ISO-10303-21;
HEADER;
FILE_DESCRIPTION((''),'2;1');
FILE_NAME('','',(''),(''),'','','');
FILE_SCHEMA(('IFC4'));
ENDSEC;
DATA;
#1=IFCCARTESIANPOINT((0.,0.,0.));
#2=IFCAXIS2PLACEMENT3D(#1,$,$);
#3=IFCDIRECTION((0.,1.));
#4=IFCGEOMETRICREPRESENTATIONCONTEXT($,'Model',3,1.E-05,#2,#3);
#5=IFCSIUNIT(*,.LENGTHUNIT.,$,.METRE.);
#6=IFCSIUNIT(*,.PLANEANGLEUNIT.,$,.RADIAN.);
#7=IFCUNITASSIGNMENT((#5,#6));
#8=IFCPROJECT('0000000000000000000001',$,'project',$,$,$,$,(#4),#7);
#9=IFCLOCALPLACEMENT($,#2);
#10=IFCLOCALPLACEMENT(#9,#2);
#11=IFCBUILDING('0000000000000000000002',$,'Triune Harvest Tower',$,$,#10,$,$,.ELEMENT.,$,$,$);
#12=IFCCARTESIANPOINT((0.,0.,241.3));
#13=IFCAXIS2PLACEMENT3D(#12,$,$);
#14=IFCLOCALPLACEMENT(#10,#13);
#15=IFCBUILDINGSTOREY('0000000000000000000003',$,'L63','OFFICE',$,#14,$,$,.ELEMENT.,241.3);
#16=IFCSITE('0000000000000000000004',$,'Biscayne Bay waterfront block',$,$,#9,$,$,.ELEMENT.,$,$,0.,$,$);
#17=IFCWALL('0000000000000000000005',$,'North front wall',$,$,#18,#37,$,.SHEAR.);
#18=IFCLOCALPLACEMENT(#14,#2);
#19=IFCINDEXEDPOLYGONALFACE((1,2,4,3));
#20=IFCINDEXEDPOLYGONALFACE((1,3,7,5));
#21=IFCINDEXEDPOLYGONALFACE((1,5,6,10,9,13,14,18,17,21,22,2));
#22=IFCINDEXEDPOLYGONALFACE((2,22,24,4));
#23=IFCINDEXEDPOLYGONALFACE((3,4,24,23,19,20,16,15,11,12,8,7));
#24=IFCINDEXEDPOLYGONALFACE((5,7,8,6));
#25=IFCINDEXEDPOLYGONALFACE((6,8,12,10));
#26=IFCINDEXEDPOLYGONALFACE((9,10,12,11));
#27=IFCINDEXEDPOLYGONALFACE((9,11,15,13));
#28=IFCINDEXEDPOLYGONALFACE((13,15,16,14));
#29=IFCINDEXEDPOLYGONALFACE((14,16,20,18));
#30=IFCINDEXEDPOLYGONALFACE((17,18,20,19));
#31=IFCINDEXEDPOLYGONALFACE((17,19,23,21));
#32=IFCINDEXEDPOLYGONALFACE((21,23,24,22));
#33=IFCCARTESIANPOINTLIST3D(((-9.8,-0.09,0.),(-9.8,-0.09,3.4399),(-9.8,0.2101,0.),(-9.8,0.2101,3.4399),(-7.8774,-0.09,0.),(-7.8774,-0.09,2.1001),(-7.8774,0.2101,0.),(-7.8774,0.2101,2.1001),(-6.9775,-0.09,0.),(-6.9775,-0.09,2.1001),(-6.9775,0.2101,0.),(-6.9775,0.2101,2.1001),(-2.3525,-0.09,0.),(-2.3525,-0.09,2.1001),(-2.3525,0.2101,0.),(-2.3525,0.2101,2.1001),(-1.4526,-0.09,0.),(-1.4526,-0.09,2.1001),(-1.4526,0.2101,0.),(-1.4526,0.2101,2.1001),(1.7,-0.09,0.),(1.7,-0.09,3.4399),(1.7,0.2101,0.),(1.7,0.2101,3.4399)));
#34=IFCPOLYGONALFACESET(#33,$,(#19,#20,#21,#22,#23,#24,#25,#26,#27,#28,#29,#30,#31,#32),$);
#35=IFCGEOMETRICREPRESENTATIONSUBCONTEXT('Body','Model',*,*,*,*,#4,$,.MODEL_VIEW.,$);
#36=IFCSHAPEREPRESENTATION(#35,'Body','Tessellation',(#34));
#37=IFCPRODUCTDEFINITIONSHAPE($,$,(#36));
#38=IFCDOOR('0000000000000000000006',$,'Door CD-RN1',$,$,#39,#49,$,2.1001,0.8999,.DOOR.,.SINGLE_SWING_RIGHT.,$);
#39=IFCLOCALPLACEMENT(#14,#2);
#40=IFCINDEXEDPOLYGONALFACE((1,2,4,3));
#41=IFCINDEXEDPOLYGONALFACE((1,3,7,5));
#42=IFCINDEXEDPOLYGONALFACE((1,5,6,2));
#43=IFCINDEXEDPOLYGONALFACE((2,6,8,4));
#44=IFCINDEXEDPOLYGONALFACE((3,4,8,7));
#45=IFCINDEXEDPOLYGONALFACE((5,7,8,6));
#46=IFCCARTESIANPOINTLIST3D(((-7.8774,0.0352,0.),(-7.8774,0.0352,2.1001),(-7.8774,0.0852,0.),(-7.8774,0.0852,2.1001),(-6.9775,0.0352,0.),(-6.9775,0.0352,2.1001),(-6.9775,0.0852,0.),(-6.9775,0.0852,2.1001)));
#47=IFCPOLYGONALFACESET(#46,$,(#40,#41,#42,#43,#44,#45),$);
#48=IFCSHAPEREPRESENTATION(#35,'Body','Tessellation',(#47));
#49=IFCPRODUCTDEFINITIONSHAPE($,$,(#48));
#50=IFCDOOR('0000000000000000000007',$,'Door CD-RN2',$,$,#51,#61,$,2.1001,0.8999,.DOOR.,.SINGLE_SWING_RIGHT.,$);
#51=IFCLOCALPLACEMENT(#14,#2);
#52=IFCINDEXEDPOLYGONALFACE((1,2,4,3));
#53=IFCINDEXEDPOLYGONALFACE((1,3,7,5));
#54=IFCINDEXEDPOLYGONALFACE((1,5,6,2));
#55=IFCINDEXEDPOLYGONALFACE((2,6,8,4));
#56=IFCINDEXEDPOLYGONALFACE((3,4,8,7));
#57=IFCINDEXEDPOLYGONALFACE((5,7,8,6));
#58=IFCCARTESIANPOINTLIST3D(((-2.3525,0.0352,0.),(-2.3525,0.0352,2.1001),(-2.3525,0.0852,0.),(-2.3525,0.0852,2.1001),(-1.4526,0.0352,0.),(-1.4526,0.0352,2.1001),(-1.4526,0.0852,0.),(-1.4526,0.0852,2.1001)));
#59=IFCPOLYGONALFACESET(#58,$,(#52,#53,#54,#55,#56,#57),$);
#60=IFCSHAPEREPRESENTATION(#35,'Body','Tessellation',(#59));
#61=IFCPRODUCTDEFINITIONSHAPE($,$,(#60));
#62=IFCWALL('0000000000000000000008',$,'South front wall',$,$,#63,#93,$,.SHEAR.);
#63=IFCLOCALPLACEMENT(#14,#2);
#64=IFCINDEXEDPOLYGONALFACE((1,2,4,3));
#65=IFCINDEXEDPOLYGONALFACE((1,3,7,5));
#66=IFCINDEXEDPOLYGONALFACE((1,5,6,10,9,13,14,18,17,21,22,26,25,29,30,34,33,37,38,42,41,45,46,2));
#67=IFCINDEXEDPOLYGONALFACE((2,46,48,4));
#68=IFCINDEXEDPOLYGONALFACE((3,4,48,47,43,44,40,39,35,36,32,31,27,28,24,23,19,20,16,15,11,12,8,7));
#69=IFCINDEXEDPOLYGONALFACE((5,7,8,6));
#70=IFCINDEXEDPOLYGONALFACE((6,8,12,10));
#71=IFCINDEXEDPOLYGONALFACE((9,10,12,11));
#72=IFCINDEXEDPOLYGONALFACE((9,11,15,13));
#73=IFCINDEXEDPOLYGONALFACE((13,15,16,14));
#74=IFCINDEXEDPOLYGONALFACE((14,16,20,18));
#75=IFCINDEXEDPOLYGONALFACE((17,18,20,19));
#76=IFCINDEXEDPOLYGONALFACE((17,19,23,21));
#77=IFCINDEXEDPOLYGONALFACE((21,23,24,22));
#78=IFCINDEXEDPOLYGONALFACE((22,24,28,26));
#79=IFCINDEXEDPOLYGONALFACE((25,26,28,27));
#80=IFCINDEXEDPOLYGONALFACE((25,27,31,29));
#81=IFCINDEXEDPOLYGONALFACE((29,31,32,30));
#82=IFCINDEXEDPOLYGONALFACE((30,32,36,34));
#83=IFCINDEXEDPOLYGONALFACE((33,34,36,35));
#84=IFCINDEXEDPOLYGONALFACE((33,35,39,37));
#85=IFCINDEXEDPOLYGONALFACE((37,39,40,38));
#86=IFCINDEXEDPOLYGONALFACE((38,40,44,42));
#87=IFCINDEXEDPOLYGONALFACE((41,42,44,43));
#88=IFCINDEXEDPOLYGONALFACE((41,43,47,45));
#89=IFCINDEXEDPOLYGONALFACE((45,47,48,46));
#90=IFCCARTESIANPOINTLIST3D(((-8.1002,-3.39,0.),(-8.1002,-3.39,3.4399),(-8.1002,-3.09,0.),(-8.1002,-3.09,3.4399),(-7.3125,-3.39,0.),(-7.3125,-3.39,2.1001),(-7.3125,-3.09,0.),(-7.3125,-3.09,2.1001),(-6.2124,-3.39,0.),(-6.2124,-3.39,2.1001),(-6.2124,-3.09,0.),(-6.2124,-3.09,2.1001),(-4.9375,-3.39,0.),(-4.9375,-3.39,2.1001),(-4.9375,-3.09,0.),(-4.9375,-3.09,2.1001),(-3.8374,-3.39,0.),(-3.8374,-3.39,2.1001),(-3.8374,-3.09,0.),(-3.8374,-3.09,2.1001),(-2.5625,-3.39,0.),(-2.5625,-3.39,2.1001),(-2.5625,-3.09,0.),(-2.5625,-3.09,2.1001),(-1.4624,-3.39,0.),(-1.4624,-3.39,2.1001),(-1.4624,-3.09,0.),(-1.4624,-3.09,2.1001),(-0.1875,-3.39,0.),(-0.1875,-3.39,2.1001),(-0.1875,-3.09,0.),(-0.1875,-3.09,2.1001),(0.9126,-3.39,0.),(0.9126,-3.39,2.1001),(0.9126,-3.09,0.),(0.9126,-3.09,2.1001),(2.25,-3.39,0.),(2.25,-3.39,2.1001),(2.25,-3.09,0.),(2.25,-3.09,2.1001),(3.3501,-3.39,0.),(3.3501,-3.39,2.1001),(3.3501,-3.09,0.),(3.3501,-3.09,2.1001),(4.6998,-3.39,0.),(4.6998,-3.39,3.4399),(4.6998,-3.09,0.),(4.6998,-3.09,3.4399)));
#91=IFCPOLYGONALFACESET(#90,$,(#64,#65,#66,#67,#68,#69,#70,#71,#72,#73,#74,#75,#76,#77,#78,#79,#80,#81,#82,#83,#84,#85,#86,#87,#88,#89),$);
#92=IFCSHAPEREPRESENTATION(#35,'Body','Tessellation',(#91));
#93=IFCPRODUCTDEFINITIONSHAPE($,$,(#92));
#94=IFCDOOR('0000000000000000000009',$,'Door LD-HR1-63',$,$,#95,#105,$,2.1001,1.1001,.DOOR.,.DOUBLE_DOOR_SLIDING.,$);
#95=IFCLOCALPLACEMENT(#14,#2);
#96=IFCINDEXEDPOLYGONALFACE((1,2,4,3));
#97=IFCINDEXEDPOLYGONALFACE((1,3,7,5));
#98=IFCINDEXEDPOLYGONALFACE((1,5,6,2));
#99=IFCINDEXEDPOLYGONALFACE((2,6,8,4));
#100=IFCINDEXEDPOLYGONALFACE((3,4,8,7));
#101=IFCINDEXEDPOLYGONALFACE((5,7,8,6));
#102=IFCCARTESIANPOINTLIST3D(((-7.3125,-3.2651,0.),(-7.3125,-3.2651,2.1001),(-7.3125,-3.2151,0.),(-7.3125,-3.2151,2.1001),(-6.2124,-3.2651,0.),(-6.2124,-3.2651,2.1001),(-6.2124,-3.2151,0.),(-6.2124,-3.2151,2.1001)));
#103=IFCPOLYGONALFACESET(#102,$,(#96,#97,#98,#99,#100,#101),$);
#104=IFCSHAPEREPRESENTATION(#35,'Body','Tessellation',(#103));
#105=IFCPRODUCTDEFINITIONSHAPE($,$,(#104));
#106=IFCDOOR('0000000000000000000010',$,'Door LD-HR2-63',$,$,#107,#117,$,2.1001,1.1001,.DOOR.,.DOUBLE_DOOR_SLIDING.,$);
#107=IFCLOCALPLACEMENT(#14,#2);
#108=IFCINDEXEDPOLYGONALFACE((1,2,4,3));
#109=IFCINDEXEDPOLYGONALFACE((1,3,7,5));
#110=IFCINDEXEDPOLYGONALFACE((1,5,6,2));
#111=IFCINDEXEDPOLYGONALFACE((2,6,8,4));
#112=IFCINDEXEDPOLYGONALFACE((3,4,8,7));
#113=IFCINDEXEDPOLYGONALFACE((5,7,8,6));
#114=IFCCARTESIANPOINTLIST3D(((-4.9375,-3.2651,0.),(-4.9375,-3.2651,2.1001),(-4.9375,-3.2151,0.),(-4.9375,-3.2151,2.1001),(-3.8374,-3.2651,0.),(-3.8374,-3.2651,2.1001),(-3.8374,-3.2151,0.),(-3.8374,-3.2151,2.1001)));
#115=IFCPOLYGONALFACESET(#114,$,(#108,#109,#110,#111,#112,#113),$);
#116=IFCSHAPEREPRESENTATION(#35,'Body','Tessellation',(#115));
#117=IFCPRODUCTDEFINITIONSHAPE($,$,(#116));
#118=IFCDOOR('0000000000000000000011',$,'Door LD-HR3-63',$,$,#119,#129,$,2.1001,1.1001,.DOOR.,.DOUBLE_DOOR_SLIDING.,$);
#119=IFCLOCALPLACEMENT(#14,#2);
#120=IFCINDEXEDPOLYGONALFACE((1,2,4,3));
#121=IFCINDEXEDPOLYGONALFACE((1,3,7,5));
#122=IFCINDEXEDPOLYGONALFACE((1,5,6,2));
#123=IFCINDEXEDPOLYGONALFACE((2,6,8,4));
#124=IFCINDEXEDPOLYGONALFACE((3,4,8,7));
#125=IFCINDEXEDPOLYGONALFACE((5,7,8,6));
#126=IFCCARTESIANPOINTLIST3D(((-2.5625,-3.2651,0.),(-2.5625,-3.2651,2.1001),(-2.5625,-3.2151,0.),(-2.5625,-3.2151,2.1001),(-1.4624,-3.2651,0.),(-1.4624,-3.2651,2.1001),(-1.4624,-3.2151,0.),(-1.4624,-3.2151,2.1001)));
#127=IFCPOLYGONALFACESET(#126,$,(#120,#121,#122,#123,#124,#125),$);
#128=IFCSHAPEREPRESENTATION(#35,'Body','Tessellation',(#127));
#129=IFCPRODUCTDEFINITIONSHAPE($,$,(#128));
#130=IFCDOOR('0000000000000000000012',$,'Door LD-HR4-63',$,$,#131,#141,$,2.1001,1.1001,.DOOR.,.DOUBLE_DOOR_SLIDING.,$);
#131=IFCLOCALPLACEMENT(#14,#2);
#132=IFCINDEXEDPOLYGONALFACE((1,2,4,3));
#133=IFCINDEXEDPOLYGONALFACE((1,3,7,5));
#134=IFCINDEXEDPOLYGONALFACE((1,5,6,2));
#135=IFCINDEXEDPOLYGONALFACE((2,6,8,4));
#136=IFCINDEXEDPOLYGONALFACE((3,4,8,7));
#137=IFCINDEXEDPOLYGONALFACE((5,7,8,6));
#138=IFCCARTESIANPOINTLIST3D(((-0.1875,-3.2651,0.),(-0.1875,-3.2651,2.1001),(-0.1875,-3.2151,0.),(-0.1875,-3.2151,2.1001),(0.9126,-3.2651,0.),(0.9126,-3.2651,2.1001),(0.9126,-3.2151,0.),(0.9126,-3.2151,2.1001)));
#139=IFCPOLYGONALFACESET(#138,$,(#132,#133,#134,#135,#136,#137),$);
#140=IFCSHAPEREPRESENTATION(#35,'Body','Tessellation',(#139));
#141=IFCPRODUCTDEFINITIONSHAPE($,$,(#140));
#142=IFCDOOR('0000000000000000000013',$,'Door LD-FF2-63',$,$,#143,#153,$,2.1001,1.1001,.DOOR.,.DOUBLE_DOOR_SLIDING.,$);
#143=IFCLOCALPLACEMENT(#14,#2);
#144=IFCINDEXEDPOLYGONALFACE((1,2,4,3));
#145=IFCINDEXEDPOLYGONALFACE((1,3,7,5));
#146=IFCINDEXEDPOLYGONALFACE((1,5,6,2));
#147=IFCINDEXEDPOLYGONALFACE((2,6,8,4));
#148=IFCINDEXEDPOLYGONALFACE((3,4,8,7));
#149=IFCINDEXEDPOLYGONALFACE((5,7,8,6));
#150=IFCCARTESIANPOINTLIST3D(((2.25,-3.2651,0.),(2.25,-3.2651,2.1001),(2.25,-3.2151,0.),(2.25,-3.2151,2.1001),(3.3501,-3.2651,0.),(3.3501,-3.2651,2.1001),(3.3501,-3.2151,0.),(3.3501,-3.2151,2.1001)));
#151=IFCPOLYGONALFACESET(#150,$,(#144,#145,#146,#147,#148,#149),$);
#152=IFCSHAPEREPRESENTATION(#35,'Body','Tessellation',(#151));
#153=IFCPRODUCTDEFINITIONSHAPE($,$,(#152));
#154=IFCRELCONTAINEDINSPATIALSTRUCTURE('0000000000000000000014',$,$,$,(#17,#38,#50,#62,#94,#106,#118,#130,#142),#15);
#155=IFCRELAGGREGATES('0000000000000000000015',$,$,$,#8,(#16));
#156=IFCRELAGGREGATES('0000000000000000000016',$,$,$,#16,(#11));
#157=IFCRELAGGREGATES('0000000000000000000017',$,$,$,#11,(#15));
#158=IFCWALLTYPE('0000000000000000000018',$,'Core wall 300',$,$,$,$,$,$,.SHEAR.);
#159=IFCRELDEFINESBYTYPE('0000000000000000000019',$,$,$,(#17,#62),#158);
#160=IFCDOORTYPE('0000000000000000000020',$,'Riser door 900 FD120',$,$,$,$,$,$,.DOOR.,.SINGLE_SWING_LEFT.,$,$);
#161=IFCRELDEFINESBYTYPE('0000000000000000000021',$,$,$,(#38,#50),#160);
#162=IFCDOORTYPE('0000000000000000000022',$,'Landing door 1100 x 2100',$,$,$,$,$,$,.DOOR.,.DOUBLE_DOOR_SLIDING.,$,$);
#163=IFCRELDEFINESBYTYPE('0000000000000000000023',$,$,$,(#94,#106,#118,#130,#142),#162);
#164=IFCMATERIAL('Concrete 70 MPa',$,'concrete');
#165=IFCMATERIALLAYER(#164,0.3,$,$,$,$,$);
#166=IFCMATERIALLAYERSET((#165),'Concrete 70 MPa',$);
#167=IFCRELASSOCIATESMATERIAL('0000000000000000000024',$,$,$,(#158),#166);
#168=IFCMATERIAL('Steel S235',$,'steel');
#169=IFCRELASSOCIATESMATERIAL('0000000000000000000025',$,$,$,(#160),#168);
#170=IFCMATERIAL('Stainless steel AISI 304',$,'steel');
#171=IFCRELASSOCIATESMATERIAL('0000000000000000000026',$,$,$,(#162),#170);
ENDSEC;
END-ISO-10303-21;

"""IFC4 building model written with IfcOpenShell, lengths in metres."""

from ifc_helpers import new_model, si_unit, direction, frame, frame_2d, origin, place, context, subcontext, project, spatial, rectangle, extrude, source, transform, mapped, material, layer, layer_set, type_object, element, fill, save


model = new_model("IFC4")

# Units and contexts
model_context = context("Model", 3, precision=1e-05, world=origin(), true_north=direction((0.0, 1.0)))
body_context = subcontext(model_context, "Body", "Model", "MODEL_VIEW")
ifc_project = project(units=[si_unit("LENGTHUNIT", "METRE"), si_unit("PLANEANGLEUNIT", "RADIAN")], contexts=[model_context])

# Site, building, storey
site_placement = place(None, origin())
site = spatial("IfcSite", under=ifc_project, at=site_placement, Name="Biscayne Bay waterfront block", CompositionType="ELEMENT", RefElevation=0.0)
building_placement = place(site_placement, origin())
building = spatial("IfcBuilding", under=site, at=building_placement, Name="Triune Harvest Tower", CompositionType="ELEMENT")
storey_placement = place(building_placement, frame((0.0, 0.0, 241.3)))
storey = spatial("IfcBuildingStorey", under=building, at=storey_placement, Name="L63", Description="OFFICE", CompositionType="ELEMENT", Elevation=241.3)

# Walls, openings, doors
ifc_material_1 = material(Name="Concrete 70 MPa", Category="concrete")
ifc_layer_1 = layer(ifc_material_1, 0.3)
ifc_layer_set_1 = layer_set([ifc_layer_1], Name="Concrete 70 MPa")
wall_type_1 = type_object("IfcWallType", Name="Core wall 300", PredefinedType="SHEAR", material=ifc_layer_set_1)
shared_shape_1 = source(origin(), body_context, "Body", "SweptSolid", [
    extrude(rectangle(XDim=11.5, YDim=0.3, at=frame_2d((5.75, 0.0))), origin(), (0.0, 0.0, 1.0), 3.4399),
])
wall_1_placement = place(storey_placement, frame((-9.8, 0.0601, 0.0), z_axis=(0.0, 0.0, 1.0), x_axis=(1.0, 0.0, 0.0)))
wall_1 = element("IfcWall", 1, at=wall_1_placement, inside=storey, type_object=wall_type_1, Name="North front wall", PredefinedType="SHEAR", context=body_context, shape_type="MappedRepresentation", body=[
    mapped(shared_shape_1, transform((0.0, 0.0, 0.0), scale=1.0)),
])
opening_1_placement = place(wall_1_placement, frame((1.9226, 0.0, 0.0)))
opening_1 = element("IfcOpeningElement", 2, at=opening_1_placement, cuts=wall_1, PredefinedType="OPENING", context=body_context, shape_type="SweptSolid", body=[
    extrude(rectangle(XDim=0.8999, YDim=2.1001, at=frame_2d((0.45, 1.05))), frame((0.0, 0.1602, 0.0), z_axis=(0.0, -1.0, 0.0), x_axis=(1.0, 0.0, 0.0)), (0.0, 0.0, 1.0), 0.3201),
])
opening_2_placement = place(wall_1_placement, frame((7.4475, 0.0, 0.0)))
opening_2 = element("IfcOpeningElement", 3, at=opening_2_placement, cuts=wall_1, PredefinedType="OPENING", context=body_context, shape_type="SweptSolid", body=[
    extrude(rectangle(XDim=0.8999, YDim=2.1001, at=frame_2d((0.45, 1.05))), frame((0.0, 0.1602, 0.0), z_axis=(0.0, -1.0, 0.0), x_axis=(1.0, 0.0, 0.0)), (0.0, 0.0, 1.0), 0.3201),
])
ifc_material_2 = material(Name="Steel S235", Category="steel")
door_type_1 = type_object("IfcDoorType", Name="Riser door 900 FD120", OperationType="SINGLE_SWING_LEFT", PredefinedType="DOOR", material=ifc_material_2)
door_1_placement = place(opening_1_placement, frame((0.8999, 0.0, 0.0), z_axis=(0.0, 0.0, 1.0), x_axis=(-1.0, 0.0, 0.0)))
door_1 = element("IfcDoor", 4, at=door_1_placement, inside=storey, type_object=door_type_1, Name="Door CD-RN1", OperationType="SINGLE_SWING_RIGHT", OverallHeight=2.1001, OverallWidth=0.8999, PredefinedType="DOOR", context=body_context, shape_type="SweptSolid", body=[
    extrude(rectangle(XDim=0.8999, YDim=2.1001, at=frame_2d((0.45, 1.05))), frame((0.0, 0.0249, 0.0), z_axis=(0.0, -1.0, 0.0), x_axis=(1.0, 0.0, 0.0)), (0.0, 0.0, 1.0), 0.05),
])
fill(opening_1, door_1)
door_2_placement = place(opening_2_placement, frame((0.8999, 0.0, 0.0), z_axis=(0.0, 0.0, 1.0), x_axis=(-1.0, 0.0, 0.0)))
door_2 = element("IfcDoor", 5, at=door_2_placement, inside=storey, type_object=door_type_1, Name="Door CD-RN2", OperationType="SINGLE_SWING_RIGHT", OverallHeight=2.1001, OverallWidth=0.8999, PredefinedType="DOOR", context=body_context, shape_type="SweptSolid", body=[
    extrude(rectangle(XDim=0.8999, YDim=2.1001, at=frame_2d((0.45, 1.05))), frame((0.0, 0.0249, 0.0), z_axis=(0.0, -1.0, 0.0), x_axis=(1.0, 0.0, 0.0)), (0.0, 0.0, 1.0), 0.05),
])
fill(opening_2, door_2)
shared_shape_2 = source(origin(), body_context, "Body", "SweptSolid", [
    extrude(rectangle(XDim=12.8, YDim=0.3, at=frame_2d((6.3999, 0.0))), origin(), (0.0, 0.0, 1.0), 3.4399),
])
wall_2_placement = place(storey_placement, frame((-8.1001, -3.24, 0.0), z_axis=(0.0, 0.0, 1.0), x_axis=(1.0, 0.0, 0.0)))
wall_2 = element("IfcWall", 6, at=wall_2_placement, inside=storey, type_object=wall_type_1, Name="South front wall", PredefinedType="SHEAR", context=body_context, shape_type="MappedRepresentation", body=[
    mapped(shared_shape_2, transform((0.0, 0.0, 0.0), scale=1.0)),
])
opening_3_placement = place(wall_2_placement, frame((0.7876, 0.0, 0.0)))
opening_3 = element("IfcOpeningElement", 7, at=opening_3_placement, cuts=wall_2, PredefinedType="OPENING", context=body_context, shape_type="SweptSolid", body=[
    extrude(rectangle(XDim=1.1001, YDim=2.1001, at=frame_2d((0.55, 1.05))), frame((0.0, 0.1602, 0.0), z_axis=(0.0, -1.0, 0.0), x_axis=(1.0, 0.0, 0.0)), (0.0, 0.0, 1.0), 0.3201),
])
opening_4_placement = place(wall_2_placement, frame((3.1626, 0.0, 0.0)))
opening_4 = element("IfcOpeningElement", 8, at=opening_4_placement, cuts=wall_2, PredefinedType="OPENING", context=body_context, shape_type="SweptSolid", body=[
    extrude(rectangle(XDim=1.1001, YDim=2.1001, at=frame_2d((0.55, 1.05))), frame((0.0, 0.1602, 0.0), z_axis=(0.0, -1.0, 0.0), x_axis=(1.0, 0.0, 0.0)), (0.0, 0.0, 1.0), 0.3201),
])
opening_5_placement = place(wall_2_placement, frame((5.5376, 0.0, 0.0)))
opening_5 = element("IfcOpeningElement", 9, at=opening_5_placement, cuts=wall_2, PredefinedType="OPENING", context=body_context, shape_type="SweptSolid", body=[
    extrude(rectangle(XDim=1.1001, YDim=2.1001, at=frame_2d((0.55, 1.05))), frame((0.0, 0.1602, 0.0), z_axis=(0.0, -1.0, 0.0), x_axis=(1.0, 0.0, 0.0)), (0.0, 0.0, 1.0), 0.3201),
])
opening_6_placement = place(wall_2_placement, frame((7.9126, 0.0, 0.0)))
opening_6 = element("IfcOpeningElement", 10, at=opening_6_placement, cuts=wall_2, PredefinedType="OPENING", context=body_context, shape_type="SweptSolid", body=[
    extrude(rectangle(XDim=1.1001, YDim=2.1001, at=frame_2d((0.55, 1.05))), frame((0.0, 0.1602, 0.0), z_axis=(0.0, -1.0, 0.0), x_axis=(1.0, 0.0, 0.0)), (0.0, 0.0, 1.0), 0.3201),
])
opening_7_placement = place(wall_2_placement, frame((10.3501, 0.0, 0.0)))
opening_7 = element("IfcOpeningElement", 11, at=opening_7_placement, cuts=wall_2, PredefinedType="OPENING", context=body_context, shape_type="SweptSolid", body=[
    extrude(rectangle(XDim=1.1001, YDim=2.1001, at=frame_2d((0.55, 1.05))), frame((0.0, 0.1602, 0.0), z_axis=(0.0, -1.0, 0.0), x_axis=(1.0, 0.0, 0.0)), (0.0, 0.0, 1.0), 0.3201),
])
ifc_material_3 = material(Name="Stainless steel AISI 304", Category="steel")
door_type_2 = type_object("IfcDoorType", Name="Landing door 1100 x 2100", OperationType="DOUBLE_DOOR_SLIDING", PredefinedType="DOOR", material=ifc_material_3)
door_3_placement = place(opening_3_placement, origin())
door_3 = element("IfcDoor", 12, at=door_3_placement, inside=storey, type_object=door_type_2, Name="Door LD-HR1-63", OperationType="DOUBLE_DOOR_SLIDING", OverallHeight=2.1001, OverallWidth=1.1001, PredefinedType="DOOR", context=body_context, shape_type="SweptSolid", body=[
    extrude(rectangle(XDim=1.1001, YDim=2.1001, at=frame_2d((0.55, 1.05))), frame((0.0, 0.0249, 0.0), z_axis=(0.0, -1.0, 0.0), x_axis=(1.0, 0.0, 0.0)), (0.0, 0.0, 1.0), 0.05),
])
fill(opening_3, door_3)
door_4_placement = place(opening_4_placement, origin())
door_4 = element("IfcDoor", 13, at=door_4_placement, inside=storey, type_object=door_type_2, Name="Door LD-HR2-63", OperationType="DOUBLE_DOOR_SLIDING", OverallHeight=2.1001, OverallWidth=1.1001, PredefinedType="DOOR", context=body_context, shape_type="SweptSolid", body=[
    extrude(rectangle(XDim=1.1001, YDim=2.1001, at=frame_2d((0.55, 1.05))), frame((0.0, 0.0249, 0.0), z_axis=(0.0, -1.0, 0.0), x_axis=(1.0, 0.0, 0.0)), (0.0, 0.0, 1.0), 0.05),
])
fill(opening_4, door_4)
door_5_placement = place(opening_5_placement, origin())
door_5 = element("IfcDoor", 14, at=door_5_placement, inside=storey, type_object=door_type_2, Name="Door LD-HR3-63", OperationType="DOUBLE_DOOR_SLIDING", OverallHeight=2.1001, OverallWidth=1.1001, PredefinedType="DOOR", context=body_context, shape_type="SweptSolid", body=[
    extrude(rectangle(XDim=1.1001, YDim=2.1001, at=frame_2d((0.55, 1.05))), frame((0.0, 0.0249, 0.0), z_axis=(0.0, -1.0, 0.0), x_axis=(1.0, 0.0, 0.0)), (0.0, 0.0, 1.0), 0.05),
])
fill(opening_5, door_5)
door_6_placement = place(opening_6_placement, origin())
door_6 = element("IfcDoor", 15, at=door_6_placement, inside=storey, type_object=door_type_2, Name="Door LD-HR4-63", OperationType="DOUBLE_DOOR_SLIDING", OverallHeight=2.1001, OverallWidth=1.1001, PredefinedType="DOOR", context=body_context, shape_type="SweptSolid", body=[
    extrude(rectangle(XDim=1.1001, YDim=2.1001, at=frame_2d((0.55, 1.05))), frame((0.0, 0.0249, 0.0), z_axis=(0.0, -1.0, 0.0), x_axis=(1.0, 0.0, 0.0)), (0.0, 0.0, 1.0), 0.05),
])
fill(opening_6, door_6)
door_7_placement = place(opening_7_placement, origin())
door_7 = element("IfcDoor", 16, at=door_7_placement, inside=storey, type_object=door_type_2, Name="Door LD-FF2-63", OperationType="DOUBLE_DOOR_SLIDING", OverallHeight=2.1001, OverallWidth=1.1001, PredefinedType="DOOR", context=body_context, shape_type="SweptSolid", body=[
    extrude(rectangle(XDim=1.1001, YDim=2.1001, at=frame_2d((0.55, 1.05))), frame((0.0, 0.0249, 0.0), z_axis=(0.0, -1.0, 0.0), x_axis=(1.0, 0.0, 0.0)), (0.0, 0.0, 1.0), 0.05),
])
fill(opening_7, door_7)

save(model, "model.ifc")
